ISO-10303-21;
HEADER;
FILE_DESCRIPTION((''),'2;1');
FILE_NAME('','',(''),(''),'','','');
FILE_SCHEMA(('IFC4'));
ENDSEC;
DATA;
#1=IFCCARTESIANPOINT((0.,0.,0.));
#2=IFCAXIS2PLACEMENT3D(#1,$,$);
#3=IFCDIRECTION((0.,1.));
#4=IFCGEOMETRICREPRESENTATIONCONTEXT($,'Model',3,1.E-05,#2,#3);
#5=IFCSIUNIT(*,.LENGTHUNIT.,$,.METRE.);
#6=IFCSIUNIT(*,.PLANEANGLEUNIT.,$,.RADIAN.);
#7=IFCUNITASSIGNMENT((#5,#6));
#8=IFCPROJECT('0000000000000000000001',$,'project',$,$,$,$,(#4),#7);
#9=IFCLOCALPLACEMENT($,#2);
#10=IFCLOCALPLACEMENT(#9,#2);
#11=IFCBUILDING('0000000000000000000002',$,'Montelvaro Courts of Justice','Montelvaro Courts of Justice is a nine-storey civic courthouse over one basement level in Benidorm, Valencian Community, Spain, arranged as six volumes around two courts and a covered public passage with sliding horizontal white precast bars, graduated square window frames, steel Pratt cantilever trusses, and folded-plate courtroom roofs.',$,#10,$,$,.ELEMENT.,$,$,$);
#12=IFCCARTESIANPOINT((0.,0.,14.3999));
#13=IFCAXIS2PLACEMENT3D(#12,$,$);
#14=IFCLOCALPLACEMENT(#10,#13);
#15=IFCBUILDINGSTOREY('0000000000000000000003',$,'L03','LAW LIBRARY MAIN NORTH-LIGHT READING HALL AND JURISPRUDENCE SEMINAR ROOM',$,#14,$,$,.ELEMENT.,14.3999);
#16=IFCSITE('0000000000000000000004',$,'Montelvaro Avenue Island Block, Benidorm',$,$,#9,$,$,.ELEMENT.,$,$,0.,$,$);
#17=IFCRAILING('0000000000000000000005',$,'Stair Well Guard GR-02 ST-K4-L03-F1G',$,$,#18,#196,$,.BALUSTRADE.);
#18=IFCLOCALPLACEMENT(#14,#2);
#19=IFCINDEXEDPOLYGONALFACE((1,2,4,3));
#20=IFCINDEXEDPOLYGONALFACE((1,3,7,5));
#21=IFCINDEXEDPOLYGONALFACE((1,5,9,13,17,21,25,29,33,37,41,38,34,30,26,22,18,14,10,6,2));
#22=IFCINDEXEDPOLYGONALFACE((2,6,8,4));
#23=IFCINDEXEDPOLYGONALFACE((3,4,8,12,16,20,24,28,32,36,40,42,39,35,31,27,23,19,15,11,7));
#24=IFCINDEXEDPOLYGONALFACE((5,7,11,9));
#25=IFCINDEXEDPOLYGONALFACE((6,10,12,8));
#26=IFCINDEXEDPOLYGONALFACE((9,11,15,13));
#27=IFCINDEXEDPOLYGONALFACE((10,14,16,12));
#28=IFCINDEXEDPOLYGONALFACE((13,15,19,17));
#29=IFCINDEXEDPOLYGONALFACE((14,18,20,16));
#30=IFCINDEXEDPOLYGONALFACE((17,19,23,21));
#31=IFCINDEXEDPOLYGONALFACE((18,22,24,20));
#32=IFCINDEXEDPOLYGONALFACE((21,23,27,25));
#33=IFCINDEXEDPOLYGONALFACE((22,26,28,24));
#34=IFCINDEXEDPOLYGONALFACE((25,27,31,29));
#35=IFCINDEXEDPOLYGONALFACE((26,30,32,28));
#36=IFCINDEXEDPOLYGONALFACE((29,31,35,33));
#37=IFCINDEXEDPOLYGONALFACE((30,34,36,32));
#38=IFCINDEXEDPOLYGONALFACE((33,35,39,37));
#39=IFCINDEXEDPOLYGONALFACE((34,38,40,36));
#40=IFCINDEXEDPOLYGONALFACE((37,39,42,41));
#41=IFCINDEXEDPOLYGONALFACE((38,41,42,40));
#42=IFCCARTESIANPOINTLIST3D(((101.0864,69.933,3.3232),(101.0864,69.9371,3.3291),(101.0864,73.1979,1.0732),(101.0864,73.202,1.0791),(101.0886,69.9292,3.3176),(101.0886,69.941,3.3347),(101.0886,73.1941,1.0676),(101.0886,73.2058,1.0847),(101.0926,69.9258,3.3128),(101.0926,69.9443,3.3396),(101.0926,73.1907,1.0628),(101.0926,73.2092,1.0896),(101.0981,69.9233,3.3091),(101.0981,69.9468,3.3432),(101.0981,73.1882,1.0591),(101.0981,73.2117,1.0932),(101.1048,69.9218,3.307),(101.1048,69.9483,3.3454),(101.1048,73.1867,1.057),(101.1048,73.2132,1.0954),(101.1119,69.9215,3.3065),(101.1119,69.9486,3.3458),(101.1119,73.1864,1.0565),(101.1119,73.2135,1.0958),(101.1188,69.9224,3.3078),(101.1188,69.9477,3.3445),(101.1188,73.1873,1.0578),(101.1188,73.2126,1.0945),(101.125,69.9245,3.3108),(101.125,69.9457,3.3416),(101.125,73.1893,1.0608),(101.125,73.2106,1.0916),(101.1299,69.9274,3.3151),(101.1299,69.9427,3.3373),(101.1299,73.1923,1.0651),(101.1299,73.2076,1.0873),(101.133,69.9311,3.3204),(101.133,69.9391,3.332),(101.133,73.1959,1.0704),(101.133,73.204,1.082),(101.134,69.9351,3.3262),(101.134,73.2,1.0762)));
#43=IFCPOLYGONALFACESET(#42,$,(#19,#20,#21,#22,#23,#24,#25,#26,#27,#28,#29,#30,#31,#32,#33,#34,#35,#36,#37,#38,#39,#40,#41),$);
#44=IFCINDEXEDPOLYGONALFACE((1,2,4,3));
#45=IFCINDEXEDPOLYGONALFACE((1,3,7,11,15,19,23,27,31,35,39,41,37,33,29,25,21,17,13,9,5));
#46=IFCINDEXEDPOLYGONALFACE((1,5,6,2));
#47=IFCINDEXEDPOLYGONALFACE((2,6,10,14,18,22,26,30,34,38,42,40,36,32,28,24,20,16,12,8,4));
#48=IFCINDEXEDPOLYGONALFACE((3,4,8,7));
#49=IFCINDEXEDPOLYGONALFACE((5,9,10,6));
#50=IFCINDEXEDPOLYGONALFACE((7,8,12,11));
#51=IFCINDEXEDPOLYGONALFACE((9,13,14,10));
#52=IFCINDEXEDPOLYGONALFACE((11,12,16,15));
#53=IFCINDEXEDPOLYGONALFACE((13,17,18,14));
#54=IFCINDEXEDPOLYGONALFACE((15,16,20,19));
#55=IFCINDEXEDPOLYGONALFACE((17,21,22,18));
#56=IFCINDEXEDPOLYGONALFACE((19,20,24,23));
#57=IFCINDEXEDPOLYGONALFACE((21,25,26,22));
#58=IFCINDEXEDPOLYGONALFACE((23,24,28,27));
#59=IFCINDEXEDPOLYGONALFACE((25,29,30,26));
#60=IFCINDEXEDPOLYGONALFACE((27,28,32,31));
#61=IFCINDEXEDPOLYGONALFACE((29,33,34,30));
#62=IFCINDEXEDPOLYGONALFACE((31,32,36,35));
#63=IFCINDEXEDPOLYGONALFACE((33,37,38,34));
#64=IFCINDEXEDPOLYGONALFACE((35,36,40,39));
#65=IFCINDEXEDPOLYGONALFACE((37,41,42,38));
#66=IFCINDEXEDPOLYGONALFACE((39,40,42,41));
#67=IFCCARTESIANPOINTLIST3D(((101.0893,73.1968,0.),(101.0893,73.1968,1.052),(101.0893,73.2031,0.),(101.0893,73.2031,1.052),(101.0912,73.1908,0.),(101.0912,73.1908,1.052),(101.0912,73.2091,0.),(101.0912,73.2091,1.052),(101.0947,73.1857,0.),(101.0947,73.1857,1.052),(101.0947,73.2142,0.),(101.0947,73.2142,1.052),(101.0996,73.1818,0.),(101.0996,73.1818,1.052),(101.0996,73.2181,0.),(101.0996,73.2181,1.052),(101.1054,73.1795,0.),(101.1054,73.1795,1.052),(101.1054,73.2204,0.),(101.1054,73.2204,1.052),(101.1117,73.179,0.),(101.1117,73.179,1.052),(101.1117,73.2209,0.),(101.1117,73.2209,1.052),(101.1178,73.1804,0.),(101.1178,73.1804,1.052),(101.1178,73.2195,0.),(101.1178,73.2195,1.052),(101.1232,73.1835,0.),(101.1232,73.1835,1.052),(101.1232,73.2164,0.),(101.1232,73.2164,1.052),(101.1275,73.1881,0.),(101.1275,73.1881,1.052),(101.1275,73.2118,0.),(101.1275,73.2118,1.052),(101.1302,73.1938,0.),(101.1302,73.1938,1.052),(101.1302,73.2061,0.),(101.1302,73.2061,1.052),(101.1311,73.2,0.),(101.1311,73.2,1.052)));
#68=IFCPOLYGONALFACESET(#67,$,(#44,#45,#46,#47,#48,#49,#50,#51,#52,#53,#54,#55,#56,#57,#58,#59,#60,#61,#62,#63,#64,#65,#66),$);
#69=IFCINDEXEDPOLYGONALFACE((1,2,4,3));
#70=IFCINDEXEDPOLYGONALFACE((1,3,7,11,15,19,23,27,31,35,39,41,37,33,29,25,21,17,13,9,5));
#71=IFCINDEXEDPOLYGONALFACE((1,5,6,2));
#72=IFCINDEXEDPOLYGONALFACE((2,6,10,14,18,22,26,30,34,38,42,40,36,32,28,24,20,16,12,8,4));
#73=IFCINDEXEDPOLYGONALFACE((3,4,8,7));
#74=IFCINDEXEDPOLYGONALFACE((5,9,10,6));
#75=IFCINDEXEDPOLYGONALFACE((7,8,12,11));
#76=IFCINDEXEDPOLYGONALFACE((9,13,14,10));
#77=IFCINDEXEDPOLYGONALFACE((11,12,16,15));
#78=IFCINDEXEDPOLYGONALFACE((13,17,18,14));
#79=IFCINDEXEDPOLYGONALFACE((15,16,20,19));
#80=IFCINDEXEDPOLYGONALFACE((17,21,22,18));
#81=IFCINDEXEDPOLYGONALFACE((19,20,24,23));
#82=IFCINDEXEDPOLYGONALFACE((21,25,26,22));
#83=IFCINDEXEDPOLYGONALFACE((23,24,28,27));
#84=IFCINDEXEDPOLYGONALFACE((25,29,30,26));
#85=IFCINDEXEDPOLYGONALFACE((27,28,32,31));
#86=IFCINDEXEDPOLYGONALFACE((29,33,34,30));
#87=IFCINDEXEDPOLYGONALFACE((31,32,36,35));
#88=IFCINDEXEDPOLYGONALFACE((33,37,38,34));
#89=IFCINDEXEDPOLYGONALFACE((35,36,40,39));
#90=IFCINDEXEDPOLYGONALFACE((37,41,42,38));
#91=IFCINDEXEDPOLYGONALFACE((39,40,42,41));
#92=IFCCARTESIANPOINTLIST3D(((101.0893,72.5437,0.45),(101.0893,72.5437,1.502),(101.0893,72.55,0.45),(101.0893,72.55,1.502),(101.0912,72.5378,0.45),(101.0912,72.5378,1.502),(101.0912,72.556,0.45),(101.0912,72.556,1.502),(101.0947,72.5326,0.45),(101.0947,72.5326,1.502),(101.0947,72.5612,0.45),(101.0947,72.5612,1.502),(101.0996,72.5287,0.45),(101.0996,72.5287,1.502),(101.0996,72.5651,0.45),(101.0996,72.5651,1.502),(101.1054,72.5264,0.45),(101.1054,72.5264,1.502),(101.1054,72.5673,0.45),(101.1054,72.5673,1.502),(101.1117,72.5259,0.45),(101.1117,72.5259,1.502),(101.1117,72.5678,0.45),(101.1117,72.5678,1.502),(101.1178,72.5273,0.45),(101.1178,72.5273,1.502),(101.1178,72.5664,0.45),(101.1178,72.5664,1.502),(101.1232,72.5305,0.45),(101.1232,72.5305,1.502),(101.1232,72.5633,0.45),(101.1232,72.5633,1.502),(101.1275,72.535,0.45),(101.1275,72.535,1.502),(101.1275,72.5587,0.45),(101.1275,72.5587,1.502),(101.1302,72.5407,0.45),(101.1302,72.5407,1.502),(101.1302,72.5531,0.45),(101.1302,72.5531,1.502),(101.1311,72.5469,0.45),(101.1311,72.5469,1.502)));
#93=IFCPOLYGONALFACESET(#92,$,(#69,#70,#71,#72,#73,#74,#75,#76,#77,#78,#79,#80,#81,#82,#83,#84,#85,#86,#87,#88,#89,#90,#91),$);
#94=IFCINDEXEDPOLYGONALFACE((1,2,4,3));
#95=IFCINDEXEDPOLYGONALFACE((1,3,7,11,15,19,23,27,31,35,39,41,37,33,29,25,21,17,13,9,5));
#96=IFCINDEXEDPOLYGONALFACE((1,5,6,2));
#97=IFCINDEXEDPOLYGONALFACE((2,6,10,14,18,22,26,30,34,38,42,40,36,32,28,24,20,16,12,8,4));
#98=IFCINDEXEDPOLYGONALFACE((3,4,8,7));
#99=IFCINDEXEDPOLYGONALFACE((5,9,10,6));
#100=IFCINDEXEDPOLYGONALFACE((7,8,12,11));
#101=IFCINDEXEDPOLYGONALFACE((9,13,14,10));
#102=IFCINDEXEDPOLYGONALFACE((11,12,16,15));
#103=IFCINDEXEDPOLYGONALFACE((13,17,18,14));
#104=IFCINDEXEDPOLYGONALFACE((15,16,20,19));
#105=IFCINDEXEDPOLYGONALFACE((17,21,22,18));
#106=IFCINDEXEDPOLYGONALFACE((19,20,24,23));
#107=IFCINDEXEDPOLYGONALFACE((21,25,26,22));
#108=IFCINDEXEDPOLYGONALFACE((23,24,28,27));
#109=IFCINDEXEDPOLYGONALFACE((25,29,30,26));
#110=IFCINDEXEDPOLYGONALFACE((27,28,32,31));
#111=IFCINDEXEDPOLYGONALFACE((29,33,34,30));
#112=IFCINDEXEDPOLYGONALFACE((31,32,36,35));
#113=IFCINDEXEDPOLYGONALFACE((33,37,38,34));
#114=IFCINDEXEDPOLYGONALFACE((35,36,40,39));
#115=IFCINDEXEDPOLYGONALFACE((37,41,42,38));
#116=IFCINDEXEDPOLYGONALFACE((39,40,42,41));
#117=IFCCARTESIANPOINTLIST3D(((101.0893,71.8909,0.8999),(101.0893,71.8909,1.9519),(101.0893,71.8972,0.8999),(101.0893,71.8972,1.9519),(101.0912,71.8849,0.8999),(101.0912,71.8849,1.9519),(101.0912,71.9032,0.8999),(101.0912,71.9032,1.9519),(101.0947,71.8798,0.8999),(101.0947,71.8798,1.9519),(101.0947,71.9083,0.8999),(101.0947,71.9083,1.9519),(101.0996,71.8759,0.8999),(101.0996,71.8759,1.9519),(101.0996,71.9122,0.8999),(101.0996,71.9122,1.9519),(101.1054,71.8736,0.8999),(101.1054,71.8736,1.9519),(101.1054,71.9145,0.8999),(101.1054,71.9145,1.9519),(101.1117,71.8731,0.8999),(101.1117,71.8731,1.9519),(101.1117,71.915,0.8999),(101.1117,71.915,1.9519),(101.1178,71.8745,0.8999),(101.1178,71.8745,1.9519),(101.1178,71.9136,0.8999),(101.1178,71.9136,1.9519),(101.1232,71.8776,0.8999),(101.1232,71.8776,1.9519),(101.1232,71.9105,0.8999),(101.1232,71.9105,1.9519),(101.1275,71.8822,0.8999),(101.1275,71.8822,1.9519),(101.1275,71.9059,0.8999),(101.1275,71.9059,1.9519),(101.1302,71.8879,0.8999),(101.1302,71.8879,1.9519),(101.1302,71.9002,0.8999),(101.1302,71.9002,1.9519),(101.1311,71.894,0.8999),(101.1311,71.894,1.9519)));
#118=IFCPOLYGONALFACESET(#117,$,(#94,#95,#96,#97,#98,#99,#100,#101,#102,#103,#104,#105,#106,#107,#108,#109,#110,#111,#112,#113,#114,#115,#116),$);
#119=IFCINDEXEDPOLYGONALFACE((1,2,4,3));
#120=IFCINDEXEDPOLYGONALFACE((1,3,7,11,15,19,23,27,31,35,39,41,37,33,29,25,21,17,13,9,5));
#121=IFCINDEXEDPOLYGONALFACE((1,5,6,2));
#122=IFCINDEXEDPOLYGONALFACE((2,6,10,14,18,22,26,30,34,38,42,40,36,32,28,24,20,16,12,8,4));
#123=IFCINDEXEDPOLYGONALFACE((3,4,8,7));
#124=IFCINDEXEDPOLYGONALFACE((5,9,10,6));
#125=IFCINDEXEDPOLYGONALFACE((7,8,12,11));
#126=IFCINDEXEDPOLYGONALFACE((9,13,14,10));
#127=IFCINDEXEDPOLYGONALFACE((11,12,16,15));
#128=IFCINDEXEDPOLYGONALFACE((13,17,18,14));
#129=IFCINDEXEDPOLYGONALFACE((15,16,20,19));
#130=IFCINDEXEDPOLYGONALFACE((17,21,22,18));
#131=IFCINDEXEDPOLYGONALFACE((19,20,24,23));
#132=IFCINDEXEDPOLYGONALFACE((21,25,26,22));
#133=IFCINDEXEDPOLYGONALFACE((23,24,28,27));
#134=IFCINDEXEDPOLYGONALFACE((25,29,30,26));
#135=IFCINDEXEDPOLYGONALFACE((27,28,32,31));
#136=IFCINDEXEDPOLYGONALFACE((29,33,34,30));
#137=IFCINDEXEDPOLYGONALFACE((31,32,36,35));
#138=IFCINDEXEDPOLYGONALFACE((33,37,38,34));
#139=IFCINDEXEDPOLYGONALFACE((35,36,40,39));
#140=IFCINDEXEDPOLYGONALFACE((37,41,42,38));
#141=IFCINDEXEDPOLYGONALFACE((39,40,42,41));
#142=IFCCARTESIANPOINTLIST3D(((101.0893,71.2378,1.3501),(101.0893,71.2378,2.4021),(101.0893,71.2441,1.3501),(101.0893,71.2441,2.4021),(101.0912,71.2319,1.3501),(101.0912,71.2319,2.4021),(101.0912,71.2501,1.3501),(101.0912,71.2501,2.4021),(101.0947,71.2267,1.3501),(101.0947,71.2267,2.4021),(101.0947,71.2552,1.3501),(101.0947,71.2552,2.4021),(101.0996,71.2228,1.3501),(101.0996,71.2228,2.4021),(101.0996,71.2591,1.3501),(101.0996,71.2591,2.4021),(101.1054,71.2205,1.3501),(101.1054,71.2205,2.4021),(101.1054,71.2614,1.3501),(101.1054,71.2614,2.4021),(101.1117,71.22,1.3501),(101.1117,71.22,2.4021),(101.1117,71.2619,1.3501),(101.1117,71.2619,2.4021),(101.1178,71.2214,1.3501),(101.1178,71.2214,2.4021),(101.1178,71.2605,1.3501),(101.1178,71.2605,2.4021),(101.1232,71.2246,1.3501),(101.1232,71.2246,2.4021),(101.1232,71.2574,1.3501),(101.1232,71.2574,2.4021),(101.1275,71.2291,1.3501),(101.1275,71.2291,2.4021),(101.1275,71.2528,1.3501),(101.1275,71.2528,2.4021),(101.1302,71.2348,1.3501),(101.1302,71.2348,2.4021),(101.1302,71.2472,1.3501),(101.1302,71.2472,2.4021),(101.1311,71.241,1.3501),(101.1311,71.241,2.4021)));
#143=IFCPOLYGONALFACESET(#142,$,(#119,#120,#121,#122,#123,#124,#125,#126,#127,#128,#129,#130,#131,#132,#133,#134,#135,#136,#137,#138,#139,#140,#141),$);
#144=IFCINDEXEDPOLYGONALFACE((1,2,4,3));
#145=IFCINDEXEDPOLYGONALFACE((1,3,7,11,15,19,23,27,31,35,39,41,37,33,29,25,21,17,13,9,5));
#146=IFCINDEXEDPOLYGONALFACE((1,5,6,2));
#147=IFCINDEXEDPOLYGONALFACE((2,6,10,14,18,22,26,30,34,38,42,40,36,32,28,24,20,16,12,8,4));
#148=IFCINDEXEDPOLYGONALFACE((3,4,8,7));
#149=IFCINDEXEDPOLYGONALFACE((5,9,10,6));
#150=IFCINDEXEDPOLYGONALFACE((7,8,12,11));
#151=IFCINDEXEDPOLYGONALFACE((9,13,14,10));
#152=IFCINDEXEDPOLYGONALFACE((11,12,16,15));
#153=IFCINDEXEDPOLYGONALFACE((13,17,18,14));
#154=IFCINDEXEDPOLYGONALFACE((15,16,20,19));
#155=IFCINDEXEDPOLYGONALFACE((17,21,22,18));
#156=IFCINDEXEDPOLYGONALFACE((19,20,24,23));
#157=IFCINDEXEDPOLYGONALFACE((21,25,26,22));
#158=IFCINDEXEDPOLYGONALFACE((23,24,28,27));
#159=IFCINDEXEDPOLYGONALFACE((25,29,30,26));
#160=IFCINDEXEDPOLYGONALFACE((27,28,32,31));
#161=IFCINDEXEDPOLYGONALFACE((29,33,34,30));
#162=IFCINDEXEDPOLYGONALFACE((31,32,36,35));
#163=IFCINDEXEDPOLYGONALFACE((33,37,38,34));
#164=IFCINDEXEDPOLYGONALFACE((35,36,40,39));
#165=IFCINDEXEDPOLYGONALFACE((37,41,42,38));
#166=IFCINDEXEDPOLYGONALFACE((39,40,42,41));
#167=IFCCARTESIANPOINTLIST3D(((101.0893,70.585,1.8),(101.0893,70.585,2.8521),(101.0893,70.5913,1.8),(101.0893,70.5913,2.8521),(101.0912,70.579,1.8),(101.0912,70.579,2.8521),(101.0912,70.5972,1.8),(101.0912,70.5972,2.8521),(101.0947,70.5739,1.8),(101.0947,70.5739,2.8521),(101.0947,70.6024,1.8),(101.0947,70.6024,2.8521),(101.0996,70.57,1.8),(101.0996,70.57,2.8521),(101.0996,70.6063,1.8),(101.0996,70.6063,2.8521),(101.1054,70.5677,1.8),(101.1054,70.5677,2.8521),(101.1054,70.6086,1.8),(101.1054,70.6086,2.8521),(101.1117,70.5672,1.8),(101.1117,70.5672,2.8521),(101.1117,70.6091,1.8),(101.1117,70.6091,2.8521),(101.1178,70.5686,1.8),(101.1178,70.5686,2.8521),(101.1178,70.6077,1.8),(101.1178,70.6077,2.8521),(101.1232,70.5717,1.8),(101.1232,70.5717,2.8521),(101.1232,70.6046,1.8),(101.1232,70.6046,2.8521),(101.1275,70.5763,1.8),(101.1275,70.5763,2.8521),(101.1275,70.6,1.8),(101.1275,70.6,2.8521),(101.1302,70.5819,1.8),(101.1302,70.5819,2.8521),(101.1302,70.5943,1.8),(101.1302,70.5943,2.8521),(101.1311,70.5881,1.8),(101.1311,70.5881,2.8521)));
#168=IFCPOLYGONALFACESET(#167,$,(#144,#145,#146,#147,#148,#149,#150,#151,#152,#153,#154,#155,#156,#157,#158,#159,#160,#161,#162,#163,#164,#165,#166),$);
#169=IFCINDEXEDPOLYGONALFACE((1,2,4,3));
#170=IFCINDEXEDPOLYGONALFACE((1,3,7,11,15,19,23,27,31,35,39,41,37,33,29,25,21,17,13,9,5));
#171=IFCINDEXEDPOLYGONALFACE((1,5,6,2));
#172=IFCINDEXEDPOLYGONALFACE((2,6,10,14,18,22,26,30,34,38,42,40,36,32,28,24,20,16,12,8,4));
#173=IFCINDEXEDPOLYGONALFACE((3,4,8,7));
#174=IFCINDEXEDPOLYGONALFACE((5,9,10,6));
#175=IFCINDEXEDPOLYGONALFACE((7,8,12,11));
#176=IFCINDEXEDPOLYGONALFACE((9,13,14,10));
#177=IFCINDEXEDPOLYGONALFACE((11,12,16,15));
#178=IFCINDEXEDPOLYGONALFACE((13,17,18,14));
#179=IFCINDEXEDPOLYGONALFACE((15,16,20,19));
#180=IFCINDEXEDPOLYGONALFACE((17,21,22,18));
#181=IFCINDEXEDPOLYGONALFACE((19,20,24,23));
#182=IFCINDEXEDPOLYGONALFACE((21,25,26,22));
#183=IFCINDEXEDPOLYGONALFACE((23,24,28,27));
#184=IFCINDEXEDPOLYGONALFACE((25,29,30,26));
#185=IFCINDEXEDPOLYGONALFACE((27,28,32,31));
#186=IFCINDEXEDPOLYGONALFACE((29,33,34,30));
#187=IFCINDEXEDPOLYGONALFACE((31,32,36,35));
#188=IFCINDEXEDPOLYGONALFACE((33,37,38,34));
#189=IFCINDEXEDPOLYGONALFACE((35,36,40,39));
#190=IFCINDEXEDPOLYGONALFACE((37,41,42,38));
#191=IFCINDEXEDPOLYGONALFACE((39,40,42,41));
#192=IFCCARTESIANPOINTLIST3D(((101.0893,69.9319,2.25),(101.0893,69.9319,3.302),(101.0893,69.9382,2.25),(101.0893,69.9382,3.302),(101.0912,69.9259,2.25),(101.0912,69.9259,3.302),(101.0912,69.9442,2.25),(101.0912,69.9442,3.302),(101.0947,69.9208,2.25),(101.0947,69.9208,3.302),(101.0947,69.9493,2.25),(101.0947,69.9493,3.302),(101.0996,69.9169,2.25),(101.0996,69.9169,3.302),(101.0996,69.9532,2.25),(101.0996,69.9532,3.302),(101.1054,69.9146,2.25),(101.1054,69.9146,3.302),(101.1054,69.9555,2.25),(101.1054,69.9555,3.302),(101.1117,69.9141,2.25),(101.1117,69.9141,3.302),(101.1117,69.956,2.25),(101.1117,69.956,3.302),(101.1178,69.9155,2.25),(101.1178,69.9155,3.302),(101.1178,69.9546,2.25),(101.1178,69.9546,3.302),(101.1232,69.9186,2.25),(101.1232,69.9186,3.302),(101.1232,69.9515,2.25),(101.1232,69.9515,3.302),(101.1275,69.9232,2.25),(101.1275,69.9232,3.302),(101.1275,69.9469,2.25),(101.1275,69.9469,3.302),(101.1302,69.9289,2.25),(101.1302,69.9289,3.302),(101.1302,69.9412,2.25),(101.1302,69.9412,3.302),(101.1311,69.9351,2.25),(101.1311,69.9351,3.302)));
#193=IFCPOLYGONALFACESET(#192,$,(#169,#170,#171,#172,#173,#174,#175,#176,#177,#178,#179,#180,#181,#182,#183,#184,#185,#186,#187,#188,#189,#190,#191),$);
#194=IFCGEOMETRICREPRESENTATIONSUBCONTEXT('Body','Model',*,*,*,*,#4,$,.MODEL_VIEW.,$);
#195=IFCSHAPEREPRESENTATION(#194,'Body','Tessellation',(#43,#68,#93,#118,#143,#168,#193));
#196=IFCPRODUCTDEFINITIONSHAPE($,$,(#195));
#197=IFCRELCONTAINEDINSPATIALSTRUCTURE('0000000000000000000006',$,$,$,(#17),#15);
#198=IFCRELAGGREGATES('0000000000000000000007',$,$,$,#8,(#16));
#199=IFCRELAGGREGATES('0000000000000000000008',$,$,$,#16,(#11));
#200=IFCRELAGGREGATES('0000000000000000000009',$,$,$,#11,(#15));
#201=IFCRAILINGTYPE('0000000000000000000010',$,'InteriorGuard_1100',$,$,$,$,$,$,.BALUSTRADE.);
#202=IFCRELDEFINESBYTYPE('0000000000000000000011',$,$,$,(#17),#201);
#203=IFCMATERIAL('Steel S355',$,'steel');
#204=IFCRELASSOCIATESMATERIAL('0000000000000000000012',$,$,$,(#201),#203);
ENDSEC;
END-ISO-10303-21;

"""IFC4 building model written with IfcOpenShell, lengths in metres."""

from ifc_helpers import new_model, si_unit, direction, frame, origin, origin_2d, place, context, subcontext, project, spatial, circle, extrude, material, type_object, element, save


model = new_model("IFC4")

# Units and contexts
model_context = context("Model", 3, precision=1e-05, world=origin(), true_north=direction((0.0, 1.0)))
body_context = subcontext(model_context, "Body", "Model", "MODEL_VIEW")
ifc_project = project(units=[si_unit("LENGTHUNIT", "METRE"), si_unit("PLANEANGLEUNIT", "RADIAN")], contexts=[model_context])

# Site, building, storey
site_placement = place(None, origin())
site = spatial("IfcSite", under=ifc_project, at=site_placement, Name="Montelvaro Avenue Island Block, Benidorm", CompositionType="ELEMENT", RefElevation=0.0)
building_placement = place(site_placement, origin())
building = spatial("IfcBuilding", under=site, at=building_placement, Name="Montelvaro Courts of Justice", Description="Montelvaro Courts of Justice is a nine-storey civic courthouse over one basement level in Benidorm, Valencian Community, Spain, arranged as six volumes around two courts and a covered public passage with sliding horizontal white precast bars, graduated square window frames, steel Pratt cantilever trusses, and folded-plate courtroom roofs.", CompositionType="ELEMENT")
storey_placement = place(building_placement, frame((0.0, 0.0, 14.3999)))
storey = spatial("IfcBuildingStorey", under=building, at=storey_placement, Name="L03", Description="LAW LIBRARY MAIN NORTH-LIGHT READING HALL AND JURISPRUDENCE SEMINAR ROOM", CompositionType="ELEMENT", Elevation=14.3999)

# Shared definitions
ifc_material_1 = material(Name="Steel S355", Category="steel")

# Railing
railing_type_1 = type_object("IfcRailingType", Name="InteriorGuard_1100", PredefinedType="BALUSTRADE", material=ifc_material_1)
railing_1_placement = place(storey_placement, frame((101.1101, 73.2, 0.0)))
element("IfcRailing", 1, at=railing_1_placement, inside=storey, type_object=railing_type_1, Name="Stair Well Guard GR-02 ST-K4-L03-F1G", PredefinedType="BALUSTRADE", context=body_context, shape_type="SweptSolid", body=[
    extrude(circle(Radius=0.0239, at=origin_2d()), frame((0.0, 0.0, 1.0762), z_axis=(0.0, -0.823407, 0.567451), x_axis=(1.0, 0.0, 0.0)), (0.0, 0.0, 1.0), 3.9651),
    extrude(circle(Radius=0.021, at=origin_2d()), origin(), (0.0, 0.0, 1.0), 1.052),
    extrude(circle(Radius=0.021, at=origin_2d()), frame((0.0, -0.6531, 0.45)), (0.0, 0.0, 1.0), 1.052),
    extrude(circle(Radius=0.021, at=origin_2d()), frame((0.0, -1.3059, 0.8999)), (0.0, 0.0, 1.0), 1.052),
    extrude(circle(Radius=0.021, at=origin_2d()), frame((0.0, -1.959, 1.3501)), (0.0, 0.0, 1.0), 1.052),
    extrude(circle(Radius=0.021, at=origin_2d()), frame((0.0, -2.6118, 1.8)), (0.0, 0.0, 1.0), 1.052),
    extrude(circle(Radius=0.021, at=origin_2d()), frame((0.0, -3.2649, 2.25)), (0.0, 0.0, 1.0), 1.052),
])

save(model, "model.ifc")
